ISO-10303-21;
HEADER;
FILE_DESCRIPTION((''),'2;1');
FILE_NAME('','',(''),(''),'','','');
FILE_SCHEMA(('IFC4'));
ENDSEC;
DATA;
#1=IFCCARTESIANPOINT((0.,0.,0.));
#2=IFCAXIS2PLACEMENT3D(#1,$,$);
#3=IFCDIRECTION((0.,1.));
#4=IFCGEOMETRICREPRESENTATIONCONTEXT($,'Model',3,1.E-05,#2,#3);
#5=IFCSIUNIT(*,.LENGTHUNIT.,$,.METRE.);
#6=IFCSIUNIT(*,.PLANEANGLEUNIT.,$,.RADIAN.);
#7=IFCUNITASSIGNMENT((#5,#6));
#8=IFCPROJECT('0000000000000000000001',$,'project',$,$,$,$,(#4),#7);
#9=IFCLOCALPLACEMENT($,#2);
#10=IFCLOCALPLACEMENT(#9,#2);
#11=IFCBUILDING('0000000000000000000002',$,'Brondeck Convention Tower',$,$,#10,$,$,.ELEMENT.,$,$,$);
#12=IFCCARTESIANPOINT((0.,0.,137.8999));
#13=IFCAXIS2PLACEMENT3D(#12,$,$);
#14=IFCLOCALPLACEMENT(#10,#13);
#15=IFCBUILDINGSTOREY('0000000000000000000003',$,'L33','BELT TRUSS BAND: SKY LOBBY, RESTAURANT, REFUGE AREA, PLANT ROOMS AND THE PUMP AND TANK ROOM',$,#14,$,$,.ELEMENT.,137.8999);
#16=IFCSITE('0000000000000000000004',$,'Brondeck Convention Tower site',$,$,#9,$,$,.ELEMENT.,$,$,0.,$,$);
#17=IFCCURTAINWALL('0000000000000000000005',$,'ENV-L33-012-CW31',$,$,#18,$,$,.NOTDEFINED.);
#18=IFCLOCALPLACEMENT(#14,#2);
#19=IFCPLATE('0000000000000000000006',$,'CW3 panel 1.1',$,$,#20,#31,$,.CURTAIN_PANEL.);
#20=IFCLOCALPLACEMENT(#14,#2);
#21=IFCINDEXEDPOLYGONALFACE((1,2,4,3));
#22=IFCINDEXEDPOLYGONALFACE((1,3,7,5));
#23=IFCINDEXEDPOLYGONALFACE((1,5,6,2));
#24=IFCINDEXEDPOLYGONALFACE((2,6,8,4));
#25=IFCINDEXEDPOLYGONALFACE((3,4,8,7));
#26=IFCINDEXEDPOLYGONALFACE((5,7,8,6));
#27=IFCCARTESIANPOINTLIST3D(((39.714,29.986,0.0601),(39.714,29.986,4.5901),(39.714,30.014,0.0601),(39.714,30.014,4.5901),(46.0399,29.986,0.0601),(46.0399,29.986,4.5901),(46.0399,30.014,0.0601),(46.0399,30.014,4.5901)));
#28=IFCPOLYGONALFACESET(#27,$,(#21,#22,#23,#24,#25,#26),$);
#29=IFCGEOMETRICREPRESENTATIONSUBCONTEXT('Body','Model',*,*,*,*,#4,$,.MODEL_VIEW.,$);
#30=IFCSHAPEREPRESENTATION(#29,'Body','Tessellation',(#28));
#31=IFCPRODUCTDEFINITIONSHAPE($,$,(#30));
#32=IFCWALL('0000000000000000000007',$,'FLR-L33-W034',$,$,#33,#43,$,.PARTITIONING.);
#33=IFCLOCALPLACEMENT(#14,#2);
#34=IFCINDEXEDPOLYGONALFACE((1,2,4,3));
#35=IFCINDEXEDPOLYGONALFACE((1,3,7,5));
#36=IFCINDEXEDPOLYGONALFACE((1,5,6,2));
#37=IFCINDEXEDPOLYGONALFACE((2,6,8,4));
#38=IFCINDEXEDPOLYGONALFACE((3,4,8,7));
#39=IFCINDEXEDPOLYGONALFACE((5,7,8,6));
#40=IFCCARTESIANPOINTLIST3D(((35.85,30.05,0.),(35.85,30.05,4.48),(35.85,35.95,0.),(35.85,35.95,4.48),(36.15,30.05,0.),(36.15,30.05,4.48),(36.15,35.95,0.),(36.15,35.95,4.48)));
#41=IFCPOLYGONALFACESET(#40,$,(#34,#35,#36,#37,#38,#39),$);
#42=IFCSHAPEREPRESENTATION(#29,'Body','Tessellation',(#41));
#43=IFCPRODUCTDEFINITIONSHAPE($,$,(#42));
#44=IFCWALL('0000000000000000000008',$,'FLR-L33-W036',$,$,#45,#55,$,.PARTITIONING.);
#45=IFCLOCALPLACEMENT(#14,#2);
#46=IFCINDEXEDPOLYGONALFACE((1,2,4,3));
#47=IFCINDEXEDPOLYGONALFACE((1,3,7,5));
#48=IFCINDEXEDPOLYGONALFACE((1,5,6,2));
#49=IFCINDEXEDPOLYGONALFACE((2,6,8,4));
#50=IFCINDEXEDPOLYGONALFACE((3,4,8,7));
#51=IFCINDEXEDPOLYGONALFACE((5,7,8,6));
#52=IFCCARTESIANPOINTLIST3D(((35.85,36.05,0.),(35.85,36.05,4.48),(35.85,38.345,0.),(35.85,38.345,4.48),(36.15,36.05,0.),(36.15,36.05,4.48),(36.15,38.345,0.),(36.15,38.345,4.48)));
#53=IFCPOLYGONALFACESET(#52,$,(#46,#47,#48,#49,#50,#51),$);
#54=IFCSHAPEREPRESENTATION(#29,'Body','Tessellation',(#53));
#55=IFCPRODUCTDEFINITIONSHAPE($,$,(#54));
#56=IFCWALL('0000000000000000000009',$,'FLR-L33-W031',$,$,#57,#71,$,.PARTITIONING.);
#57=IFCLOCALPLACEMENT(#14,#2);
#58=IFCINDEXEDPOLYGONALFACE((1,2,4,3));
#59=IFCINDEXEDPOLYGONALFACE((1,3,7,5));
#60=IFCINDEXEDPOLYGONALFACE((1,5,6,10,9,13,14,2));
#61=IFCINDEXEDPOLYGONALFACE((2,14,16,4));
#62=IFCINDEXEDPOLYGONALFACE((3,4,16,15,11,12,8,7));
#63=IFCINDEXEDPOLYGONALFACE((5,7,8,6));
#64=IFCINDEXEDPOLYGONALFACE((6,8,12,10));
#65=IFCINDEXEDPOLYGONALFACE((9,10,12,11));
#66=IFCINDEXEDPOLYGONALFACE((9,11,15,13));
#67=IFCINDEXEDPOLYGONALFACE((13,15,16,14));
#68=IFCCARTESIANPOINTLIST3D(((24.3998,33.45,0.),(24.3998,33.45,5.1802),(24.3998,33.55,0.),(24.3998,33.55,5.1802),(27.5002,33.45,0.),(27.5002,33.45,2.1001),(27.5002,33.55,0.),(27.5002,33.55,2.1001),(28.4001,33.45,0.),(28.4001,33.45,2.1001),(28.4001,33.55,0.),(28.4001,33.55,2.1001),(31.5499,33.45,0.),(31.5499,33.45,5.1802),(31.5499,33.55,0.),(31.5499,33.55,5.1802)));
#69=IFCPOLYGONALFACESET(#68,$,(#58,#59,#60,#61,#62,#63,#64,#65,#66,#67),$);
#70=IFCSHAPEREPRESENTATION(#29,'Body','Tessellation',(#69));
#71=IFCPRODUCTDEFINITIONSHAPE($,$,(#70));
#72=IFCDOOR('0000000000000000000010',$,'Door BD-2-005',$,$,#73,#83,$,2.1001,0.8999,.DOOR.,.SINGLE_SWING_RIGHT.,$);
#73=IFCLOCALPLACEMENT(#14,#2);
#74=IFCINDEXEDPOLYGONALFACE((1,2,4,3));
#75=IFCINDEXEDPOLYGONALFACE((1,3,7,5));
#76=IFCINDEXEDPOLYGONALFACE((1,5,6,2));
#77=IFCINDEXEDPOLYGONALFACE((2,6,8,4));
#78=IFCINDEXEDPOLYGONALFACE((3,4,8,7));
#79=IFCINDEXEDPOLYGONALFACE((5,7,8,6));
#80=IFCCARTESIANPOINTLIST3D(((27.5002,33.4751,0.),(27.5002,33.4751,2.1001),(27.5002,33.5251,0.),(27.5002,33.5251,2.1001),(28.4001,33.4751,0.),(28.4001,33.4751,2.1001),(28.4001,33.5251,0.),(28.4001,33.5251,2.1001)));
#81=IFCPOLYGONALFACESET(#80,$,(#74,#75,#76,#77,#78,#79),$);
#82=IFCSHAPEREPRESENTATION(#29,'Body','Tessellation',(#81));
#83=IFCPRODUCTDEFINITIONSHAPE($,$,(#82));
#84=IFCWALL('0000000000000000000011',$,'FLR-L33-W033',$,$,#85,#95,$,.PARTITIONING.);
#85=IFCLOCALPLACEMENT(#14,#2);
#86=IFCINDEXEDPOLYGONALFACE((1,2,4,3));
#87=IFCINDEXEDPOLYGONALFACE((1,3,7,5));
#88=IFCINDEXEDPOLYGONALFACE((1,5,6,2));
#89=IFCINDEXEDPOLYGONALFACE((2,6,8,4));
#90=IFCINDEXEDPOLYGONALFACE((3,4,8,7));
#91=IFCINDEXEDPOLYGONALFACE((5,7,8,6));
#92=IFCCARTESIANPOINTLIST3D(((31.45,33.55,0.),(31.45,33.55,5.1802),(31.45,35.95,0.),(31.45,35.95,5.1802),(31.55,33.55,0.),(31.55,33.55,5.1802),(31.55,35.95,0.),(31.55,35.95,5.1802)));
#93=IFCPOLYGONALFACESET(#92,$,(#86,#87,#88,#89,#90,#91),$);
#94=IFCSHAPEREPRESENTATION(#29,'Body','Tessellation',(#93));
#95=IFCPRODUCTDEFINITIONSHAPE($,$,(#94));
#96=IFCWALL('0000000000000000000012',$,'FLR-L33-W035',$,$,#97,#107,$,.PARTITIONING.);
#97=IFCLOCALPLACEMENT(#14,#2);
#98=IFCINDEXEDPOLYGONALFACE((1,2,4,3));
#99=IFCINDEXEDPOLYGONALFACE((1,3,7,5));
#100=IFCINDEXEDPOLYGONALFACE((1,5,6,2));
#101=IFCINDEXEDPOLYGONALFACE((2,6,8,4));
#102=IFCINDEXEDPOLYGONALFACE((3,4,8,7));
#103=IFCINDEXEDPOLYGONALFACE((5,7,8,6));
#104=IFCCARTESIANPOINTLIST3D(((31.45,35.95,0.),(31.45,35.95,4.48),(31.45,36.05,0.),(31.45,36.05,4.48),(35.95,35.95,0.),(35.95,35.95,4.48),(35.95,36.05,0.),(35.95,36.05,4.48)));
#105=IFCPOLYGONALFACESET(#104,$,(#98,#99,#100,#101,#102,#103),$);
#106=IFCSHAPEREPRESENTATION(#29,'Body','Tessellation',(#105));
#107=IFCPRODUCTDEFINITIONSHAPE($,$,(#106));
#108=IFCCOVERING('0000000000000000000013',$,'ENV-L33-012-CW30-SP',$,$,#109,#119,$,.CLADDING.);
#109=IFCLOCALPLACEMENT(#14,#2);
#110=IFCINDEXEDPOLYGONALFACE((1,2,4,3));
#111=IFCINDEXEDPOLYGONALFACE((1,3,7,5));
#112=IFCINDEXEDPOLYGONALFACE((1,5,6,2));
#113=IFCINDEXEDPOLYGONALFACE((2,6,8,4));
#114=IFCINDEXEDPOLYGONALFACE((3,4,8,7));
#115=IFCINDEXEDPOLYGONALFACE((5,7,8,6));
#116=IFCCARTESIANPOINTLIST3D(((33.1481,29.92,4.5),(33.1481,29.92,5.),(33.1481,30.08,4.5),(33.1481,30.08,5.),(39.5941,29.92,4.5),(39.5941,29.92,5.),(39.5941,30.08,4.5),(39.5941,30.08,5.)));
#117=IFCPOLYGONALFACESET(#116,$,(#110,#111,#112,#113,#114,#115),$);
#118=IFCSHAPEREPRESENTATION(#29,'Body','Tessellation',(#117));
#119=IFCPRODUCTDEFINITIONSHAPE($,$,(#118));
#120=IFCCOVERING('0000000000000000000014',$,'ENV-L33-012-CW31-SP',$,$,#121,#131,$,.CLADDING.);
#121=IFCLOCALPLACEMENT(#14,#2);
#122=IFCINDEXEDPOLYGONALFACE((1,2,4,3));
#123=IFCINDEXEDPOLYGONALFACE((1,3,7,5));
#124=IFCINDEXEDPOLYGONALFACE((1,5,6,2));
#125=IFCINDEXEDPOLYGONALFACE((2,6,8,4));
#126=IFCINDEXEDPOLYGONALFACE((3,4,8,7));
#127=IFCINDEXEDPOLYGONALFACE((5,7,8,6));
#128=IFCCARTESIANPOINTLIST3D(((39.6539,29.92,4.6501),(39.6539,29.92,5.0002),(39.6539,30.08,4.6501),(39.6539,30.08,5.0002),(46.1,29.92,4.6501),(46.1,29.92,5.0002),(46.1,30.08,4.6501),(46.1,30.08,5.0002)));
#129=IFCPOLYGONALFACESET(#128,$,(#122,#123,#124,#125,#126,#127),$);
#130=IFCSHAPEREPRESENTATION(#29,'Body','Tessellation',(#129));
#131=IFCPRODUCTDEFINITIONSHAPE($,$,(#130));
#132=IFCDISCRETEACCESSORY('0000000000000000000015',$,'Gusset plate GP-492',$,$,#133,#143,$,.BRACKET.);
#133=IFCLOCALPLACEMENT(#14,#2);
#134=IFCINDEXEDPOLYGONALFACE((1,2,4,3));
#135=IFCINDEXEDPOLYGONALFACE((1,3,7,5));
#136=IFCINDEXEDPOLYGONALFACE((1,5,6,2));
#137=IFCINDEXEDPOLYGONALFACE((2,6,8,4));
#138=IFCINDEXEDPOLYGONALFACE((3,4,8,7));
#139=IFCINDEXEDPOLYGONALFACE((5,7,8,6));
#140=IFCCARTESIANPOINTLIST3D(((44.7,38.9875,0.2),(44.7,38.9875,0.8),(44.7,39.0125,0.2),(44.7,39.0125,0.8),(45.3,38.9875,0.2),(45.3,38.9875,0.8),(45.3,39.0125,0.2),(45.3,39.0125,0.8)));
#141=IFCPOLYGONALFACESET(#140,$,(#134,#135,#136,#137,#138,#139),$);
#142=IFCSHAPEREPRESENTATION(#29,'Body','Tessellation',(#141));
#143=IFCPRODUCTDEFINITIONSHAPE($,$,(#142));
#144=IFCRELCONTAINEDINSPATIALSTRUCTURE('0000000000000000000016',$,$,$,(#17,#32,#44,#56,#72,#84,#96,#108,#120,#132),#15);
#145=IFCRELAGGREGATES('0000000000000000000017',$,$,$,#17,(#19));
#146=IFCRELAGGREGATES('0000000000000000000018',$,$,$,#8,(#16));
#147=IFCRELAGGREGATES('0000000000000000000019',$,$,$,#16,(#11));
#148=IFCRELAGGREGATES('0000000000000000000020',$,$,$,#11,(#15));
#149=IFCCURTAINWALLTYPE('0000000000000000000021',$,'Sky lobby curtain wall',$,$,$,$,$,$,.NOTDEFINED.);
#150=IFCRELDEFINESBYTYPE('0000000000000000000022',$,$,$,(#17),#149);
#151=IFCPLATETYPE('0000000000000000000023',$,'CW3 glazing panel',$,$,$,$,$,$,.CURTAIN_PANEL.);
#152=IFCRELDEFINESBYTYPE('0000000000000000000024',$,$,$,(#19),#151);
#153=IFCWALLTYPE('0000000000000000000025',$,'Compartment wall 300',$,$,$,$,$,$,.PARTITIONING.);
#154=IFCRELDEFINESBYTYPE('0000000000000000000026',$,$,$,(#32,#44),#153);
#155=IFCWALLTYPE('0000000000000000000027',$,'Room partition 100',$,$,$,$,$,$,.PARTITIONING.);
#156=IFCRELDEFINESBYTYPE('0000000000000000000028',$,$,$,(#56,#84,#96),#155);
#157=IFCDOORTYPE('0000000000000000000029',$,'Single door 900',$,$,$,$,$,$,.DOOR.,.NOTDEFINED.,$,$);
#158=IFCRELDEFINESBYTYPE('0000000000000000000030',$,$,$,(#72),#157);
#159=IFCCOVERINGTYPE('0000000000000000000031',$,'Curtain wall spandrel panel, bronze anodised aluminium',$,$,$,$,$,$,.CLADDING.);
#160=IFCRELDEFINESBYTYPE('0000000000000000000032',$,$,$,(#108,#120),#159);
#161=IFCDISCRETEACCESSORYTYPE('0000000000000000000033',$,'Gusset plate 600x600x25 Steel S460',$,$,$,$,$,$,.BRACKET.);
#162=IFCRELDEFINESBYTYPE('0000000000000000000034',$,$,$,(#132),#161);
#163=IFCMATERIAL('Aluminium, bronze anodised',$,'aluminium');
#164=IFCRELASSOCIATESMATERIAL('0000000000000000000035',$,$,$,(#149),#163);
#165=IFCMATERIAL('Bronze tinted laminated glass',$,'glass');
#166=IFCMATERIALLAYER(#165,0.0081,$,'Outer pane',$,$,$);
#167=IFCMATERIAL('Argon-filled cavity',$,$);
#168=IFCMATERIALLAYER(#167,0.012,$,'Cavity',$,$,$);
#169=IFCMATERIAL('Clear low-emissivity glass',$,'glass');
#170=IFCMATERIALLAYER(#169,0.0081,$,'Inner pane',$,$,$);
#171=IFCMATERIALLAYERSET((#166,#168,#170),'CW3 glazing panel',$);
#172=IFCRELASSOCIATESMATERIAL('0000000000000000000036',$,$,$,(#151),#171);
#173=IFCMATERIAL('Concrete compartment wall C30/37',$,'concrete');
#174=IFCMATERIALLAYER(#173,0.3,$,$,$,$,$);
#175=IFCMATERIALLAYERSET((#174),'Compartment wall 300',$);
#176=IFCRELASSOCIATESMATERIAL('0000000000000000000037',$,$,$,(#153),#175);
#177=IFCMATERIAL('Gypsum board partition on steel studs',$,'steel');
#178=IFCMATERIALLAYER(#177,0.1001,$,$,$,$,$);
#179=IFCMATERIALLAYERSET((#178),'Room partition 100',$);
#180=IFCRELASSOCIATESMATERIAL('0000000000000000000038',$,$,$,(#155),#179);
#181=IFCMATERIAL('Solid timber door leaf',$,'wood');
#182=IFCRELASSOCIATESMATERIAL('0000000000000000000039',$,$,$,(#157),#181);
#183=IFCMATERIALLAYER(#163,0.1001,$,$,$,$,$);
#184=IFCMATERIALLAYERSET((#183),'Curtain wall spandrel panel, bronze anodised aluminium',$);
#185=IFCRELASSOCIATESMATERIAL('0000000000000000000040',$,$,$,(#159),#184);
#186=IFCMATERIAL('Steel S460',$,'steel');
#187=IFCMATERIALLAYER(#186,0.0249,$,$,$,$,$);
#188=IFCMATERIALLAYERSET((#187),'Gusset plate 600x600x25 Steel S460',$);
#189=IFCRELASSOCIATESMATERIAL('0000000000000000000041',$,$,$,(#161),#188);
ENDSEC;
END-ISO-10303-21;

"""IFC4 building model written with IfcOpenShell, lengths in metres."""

from ifc_helpers import new_model, si_unit, direction, frame, frame_2d, origin, origin_2d, place, context, subcontext, project, spatial, rectangle, extrude, material, layer, layer_set, type_object, element, fill, aggregate, save


model = new_model("IFC4")

# Units and contexts
model_context = context("Model", 3, precision=1e-05, world=origin(), true_north=direction((0.0, 1.0)))
body_context = subcontext(model_context, "Body", "Model", "MODEL_VIEW")
ifc_project = project(units=[si_unit("LENGTHUNIT", "METRE"), si_unit("PLANEANGLEUNIT", "RADIAN")], contexts=[model_context])

# Site, building, storey
site_placement = place(None, origin())
site = spatial("IfcSite", under=ifc_project, at=site_placement, Name="Brondeck Convention Tower site", CompositionType="ELEMENT", RefElevation=0.0)
building_placement = place(site_placement, origin())
building = spatial("IfcBuilding", under=site, at=building_placement, Name="Brondeck Convention Tower", CompositionType="ELEMENT")
storey_placement = place(building_placement, frame((0.0, 0.0, 137.8999)))
storey = spatial("IfcBuildingStorey", under=building, at=storey_placement, Name="L33", Description="BELT TRUSS BAND: SKY LOBBY, RESTAURANT, REFUGE AREA, PLANT ROOMS AND THE PUMP AND TANK ROOM", CompositionType="ELEMENT", Elevation=137.8999)

# Shared definitions
ifc_material_1 = material(Name="Aluminium, bronze anodised", Category="aluminium")
curtain_wall_type = type_object("IfcCurtainWallType", Name="Sky lobby curtain wall", PredefinedType="NOTDEFINED", material=ifc_material_1)

# Curtain wall
curtain_wall_1_placement = place(storey_placement, origin())
curtain_wall_1 = element("IfcCurtainWall", 1, at=curtain_wall_1_placement, inside=storey, type_object=curtain_wall_type, Name="ENV-L33-012-CW31", PredefinedType="NOTDEFINED")

# Shared definitions
ifc_material_2 = material(Name="Steel S460", Category="steel")

# Plate
ifc_material_3 = material(Name="Bronze tinted laminated glass", Category="glass")
ifc_layer_1 = layer(ifc_material_3, 0.0081, Name="Outer pane")
ifc_material_4 = material(Name="Argon-filled cavity")
ifc_layer_2 = layer(ifc_material_4, 0.012, Name="Cavity")
ifc_material_5 = material(Name="Clear low-emissivity glass", Category="glass")
ifc_layer_3 = layer(ifc_material_5, 0.0081, Name="Inner pane")
ifc_layer_set_1 = layer_set([ifc_layer_1, ifc_layer_2, ifc_layer_3], Name="CW3 glazing panel")
plate_type = type_object("IfcPlateType", Name="CW3 glazing panel", PredefinedType="CURTAIN_PANEL", material=ifc_layer_set_1)
plate_1_placement = place(storey_placement, frame((42.877, 30.0, 0.0601), z_axis=(0.0, 0.0, 1.0), x_axis=(-1.0, 0.0, 0.0)))
plate_1 = element("IfcPlate", 2, at=plate_1_placement, type_object=plate_type, Name="CW3 panel 1.1", PredefinedType="CURTAIN_PANEL", context=body_context, shape_type="SweptSolid", body=[
    extrude(rectangle(XDim=6.3259, YDim=0.0281, at=origin_2d()), origin(), (0.0, 0.0, 1.0), 4.53),
])
aggregate(curtain_wall_1, [plate_1])

# Walls
ifc_material_6 = material(Name="Concrete compartment wall C30/37", Category="concrete")
ifc_layer_4 = layer(ifc_material_6, 0.3)
ifc_layer_set_2 = layer_set([ifc_layer_4], Name="Compartment wall 300")
wall_type_1 = type_object("IfcWallType", Name="Compartment wall 300", PredefinedType="PARTITIONING", material=ifc_layer_set_2)
wall_1_placement = place(storey_placement, frame((36.0, 35.95, 0.0), z_axis=(0.0, 0.0, 1.0), x_axis=(0.0, -1.0, 0.0)))
element("IfcWall", 3, at=wall_1_placement, inside=storey, type_object=wall_type_1, Name="FLR-L33-W034", PredefinedType="PARTITIONING", context=body_context, shape_type="SweptSolid", body=[
    extrude(rectangle(XDim=5.8999, YDim=0.3, at=frame_2d((2.95, 0.0))), origin(), (0.0, 0.0, 1.0), 4.48),
])
wall_2_placement = place(storey_placement, frame((36.0, 38.345, 0.0), z_axis=(0.0, 0.0, 1.0), x_axis=(0.0, -1.0, 0.0)))
element("IfcWall", 4, at=wall_2_placement, inside=storey, type_object=wall_type_1, Name="FLR-L33-W036", PredefinedType="PARTITIONING", context=body_context, shape_type="SweptSolid", body=[
    extrude(rectangle(XDim=2.2949, YDim=0.3, at=frame_2d((1.1475, 0.0))), origin(), (0.0, 0.0, 1.0), 4.48),
])

# Wall, opening, door
ifc_material_7 = material(Name="Gypsum board partition on steel studs", Category="steel")
ifc_layer_5 = layer(ifc_material_7, 0.1001)
ifc_layer_set_3 = layer_set([ifc_layer_5], Name="Room partition 100")
wall_type_2 = type_object("IfcWallType", Name="Room partition 100", PredefinedType="PARTITIONING", material=ifc_layer_set_3)
wall_3_placement = place(storey_placement, frame((31.55, 33.5, 0.0), z_axis=(0.0, 0.0, 1.0), x_axis=(-1.0, 0.0, 0.0)))
wall_3 = element("IfcWall", 5, at=wall_3_placement, inside=storey, type_object=wall_type_2, Name="FLR-L33-W031", PredefinedType="PARTITIONING", context=body_context, shape_type="SweptSolid", body=[
    extrude(rectangle(XDim=7.1501, YDim=0.1001, at=frame_2d((3.5752, 0.0))), origin(), (0.0, 0.0, 1.0), 5.1802),
])
opening_placement = place(wall_3_placement, frame((3.1499, 0.0, 0.0)))
opening = element("IfcOpeningElement", 6, at=opening_placement, cuts=wall_3, PredefinedType="OPENING", context=body_context, shape_type="SweptSolid", body=[
    extrude(rectangle(XDim=0.8999, YDim=2.1001, at=frame_2d((0.45, 1.05))), frame((0.0, 0.0601, 0.0), z_axis=(0.0, -1.0, 0.0), x_axis=(1.0, 0.0, 0.0)), (0.0, 0.0, 1.0), 0.1201),
])
ifc_material_8 = material(Name="Solid timber door leaf", Category="wood")
door_type = type_object("IfcDoorType", Name="Single door 900", OperationType="NOTDEFINED", PredefinedType="DOOR", material=ifc_material_8)
door_placement = place(opening_placement, origin())
door = element("IfcDoor", 7, at=door_placement, inside=storey, type_object=door_type, Name="Door BD-2-005", OperationType="SINGLE_SWING_RIGHT", OverallHeight=2.1001, OverallWidth=0.8999, PredefinedType="DOOR", context=body_context, shape_type="SweptSolid", body=[
    extrude(rectangle(XDim=0.8999, YDim=2.1001, at=frame_2d((0.45, 1.05))), frame((0.0, 0.0249, 0.0), z_axis=(0.0, -1.0, 0.0), x_axis=(1.0, 0.0, 0.0)), (0.0, 0.0, 1.0), 0.05),
])
fill(opening, door)

# Walls
wall_4_placement = place(storey_placement, frame((31.5, 35.95, 0.0), z_axis=(0.0, 0.0, 1.0), x_axis=(0.0, -1.0, 0.0)))
element("IfcWall", 8, at=wall_4_placement, inside=storey, type_object=wall_type_2, Name="FLR-L33-W033", PredefinedType="PARTITIONING", context=body_context, shape_type="SweptSolid", body=[
    extrude(rectangle(XDim=2.3999, YDim=0.1001, at=frame_2d((1.2, 0.0))), origin(), (0.0, 0.0, 1.0), 5.1802),
])
wall_5_placement = place(storey_placement, frame((35.95, 36.0, 0.0), z_axis=(0.0, 0.0, 1.0), x_axis=(-1.0, 0.0, 0.0)))
element("IfcWall", 9, at=wall_5_placement, inside=storey, type_object=wall_type_2, Name="FLR-L33-W035", PredefinedType="PARTITIONING", context=body_context, shape_type="SweptSolid", body=[
    extrude(rectangle(XDim=4.5, YDim=0.1001, at=frame_2d((2.25, 0.0))), origin(), (0.0, 0.0, 1.0), 4.48),
])

# Coverings
ifc_layer_6 = layer(ifc_material_1, 0.1001)
ifc_layer_set_4 = layer_set([ifc_layer_6], Name="Curtain wall spandrel panel, bronze anodised aluminium")
covering_type = type_object("IfcCoveringType", Name="Curtain wall spandrel panel, bronze anodised aluminium", PredefinedType="CLADDING", material=ifc_layer_set_4)
covering_1_placement = place(storey_placement, frame((36.3711, 30.0, 4.5), z_axis=(0.0, 0.0, 1.0), x_axis=(-1.0, 0.0, 0.0)))
element("IfcCovering", 10, at=covering_1_placement, inside=storey, type_object=covering_type, Name="ENV-L33-012-CW30-SP", PredefinedType="CLADDING", context=body_context, shape_type="SweptSolid", body=[
    extrude(rectangle(XDim=6.446, YDim=0.1599, at=origin_2d()), origin(), (0.0, 0.0, 1.0), 0.5),
])
covering_2_placement = place(storey_placement, frame((42.877, 30.0, 4.6501), z_axis=(0.0, 0.0, 1.0), x_axis=(-1.0, 0.0, 0.0)))
element("IfcCovering", 11, at=covering_2_placement, inside=storey, type_object=covering_type, Name="ENV-L33-012-CW31-SP", PredefinedType="CLADDING", context=body_context, shape_type="SweptSolid", body=[
    extrude(rectangle(XDim=6.446, YDim=0.1599, at=origin_2d()), origin(), (0.0, 0.0, 1.0), 0.3501),
])

# Discrete accessory
ifc_layer_7 = layer(ifc_material_2, 0.0249)
ifc_layer_set_5 = layer_set([ifc_layer_7], Name="Gusset plate 600x600x25 Steel S460")
discrete_accessory_type = type_object("IfcDiscreteAccessoryType", Name="Gusset plate 600x600x25 Steel S460", PredefinedType="BRACKET", material=ifc_layer_set_5)
discrete_accessory_placement = place(storey_placement, frame((45.0, 39.0, 0.2), z_axis=(0.0, 0.0, 1.0), x_axis=(1.0, 0.0, 0.0)))
element("IfcDiscreteAccessory", 12, at=discrete_accessory_placement, inside=storey, type_object=discrete_accessory_type, Name="Gusset plate GP-492", PredefinedType="BRACKET", context=body_context, shape_type="SweptSolid", body=[
    extrude(rectangle(XDim=0.6001, YDim=0.0249, at=origin_2d()), origin(), (0.0, 0.0, 1.0), 0.6001),
])

save(model, "model.ifc")
